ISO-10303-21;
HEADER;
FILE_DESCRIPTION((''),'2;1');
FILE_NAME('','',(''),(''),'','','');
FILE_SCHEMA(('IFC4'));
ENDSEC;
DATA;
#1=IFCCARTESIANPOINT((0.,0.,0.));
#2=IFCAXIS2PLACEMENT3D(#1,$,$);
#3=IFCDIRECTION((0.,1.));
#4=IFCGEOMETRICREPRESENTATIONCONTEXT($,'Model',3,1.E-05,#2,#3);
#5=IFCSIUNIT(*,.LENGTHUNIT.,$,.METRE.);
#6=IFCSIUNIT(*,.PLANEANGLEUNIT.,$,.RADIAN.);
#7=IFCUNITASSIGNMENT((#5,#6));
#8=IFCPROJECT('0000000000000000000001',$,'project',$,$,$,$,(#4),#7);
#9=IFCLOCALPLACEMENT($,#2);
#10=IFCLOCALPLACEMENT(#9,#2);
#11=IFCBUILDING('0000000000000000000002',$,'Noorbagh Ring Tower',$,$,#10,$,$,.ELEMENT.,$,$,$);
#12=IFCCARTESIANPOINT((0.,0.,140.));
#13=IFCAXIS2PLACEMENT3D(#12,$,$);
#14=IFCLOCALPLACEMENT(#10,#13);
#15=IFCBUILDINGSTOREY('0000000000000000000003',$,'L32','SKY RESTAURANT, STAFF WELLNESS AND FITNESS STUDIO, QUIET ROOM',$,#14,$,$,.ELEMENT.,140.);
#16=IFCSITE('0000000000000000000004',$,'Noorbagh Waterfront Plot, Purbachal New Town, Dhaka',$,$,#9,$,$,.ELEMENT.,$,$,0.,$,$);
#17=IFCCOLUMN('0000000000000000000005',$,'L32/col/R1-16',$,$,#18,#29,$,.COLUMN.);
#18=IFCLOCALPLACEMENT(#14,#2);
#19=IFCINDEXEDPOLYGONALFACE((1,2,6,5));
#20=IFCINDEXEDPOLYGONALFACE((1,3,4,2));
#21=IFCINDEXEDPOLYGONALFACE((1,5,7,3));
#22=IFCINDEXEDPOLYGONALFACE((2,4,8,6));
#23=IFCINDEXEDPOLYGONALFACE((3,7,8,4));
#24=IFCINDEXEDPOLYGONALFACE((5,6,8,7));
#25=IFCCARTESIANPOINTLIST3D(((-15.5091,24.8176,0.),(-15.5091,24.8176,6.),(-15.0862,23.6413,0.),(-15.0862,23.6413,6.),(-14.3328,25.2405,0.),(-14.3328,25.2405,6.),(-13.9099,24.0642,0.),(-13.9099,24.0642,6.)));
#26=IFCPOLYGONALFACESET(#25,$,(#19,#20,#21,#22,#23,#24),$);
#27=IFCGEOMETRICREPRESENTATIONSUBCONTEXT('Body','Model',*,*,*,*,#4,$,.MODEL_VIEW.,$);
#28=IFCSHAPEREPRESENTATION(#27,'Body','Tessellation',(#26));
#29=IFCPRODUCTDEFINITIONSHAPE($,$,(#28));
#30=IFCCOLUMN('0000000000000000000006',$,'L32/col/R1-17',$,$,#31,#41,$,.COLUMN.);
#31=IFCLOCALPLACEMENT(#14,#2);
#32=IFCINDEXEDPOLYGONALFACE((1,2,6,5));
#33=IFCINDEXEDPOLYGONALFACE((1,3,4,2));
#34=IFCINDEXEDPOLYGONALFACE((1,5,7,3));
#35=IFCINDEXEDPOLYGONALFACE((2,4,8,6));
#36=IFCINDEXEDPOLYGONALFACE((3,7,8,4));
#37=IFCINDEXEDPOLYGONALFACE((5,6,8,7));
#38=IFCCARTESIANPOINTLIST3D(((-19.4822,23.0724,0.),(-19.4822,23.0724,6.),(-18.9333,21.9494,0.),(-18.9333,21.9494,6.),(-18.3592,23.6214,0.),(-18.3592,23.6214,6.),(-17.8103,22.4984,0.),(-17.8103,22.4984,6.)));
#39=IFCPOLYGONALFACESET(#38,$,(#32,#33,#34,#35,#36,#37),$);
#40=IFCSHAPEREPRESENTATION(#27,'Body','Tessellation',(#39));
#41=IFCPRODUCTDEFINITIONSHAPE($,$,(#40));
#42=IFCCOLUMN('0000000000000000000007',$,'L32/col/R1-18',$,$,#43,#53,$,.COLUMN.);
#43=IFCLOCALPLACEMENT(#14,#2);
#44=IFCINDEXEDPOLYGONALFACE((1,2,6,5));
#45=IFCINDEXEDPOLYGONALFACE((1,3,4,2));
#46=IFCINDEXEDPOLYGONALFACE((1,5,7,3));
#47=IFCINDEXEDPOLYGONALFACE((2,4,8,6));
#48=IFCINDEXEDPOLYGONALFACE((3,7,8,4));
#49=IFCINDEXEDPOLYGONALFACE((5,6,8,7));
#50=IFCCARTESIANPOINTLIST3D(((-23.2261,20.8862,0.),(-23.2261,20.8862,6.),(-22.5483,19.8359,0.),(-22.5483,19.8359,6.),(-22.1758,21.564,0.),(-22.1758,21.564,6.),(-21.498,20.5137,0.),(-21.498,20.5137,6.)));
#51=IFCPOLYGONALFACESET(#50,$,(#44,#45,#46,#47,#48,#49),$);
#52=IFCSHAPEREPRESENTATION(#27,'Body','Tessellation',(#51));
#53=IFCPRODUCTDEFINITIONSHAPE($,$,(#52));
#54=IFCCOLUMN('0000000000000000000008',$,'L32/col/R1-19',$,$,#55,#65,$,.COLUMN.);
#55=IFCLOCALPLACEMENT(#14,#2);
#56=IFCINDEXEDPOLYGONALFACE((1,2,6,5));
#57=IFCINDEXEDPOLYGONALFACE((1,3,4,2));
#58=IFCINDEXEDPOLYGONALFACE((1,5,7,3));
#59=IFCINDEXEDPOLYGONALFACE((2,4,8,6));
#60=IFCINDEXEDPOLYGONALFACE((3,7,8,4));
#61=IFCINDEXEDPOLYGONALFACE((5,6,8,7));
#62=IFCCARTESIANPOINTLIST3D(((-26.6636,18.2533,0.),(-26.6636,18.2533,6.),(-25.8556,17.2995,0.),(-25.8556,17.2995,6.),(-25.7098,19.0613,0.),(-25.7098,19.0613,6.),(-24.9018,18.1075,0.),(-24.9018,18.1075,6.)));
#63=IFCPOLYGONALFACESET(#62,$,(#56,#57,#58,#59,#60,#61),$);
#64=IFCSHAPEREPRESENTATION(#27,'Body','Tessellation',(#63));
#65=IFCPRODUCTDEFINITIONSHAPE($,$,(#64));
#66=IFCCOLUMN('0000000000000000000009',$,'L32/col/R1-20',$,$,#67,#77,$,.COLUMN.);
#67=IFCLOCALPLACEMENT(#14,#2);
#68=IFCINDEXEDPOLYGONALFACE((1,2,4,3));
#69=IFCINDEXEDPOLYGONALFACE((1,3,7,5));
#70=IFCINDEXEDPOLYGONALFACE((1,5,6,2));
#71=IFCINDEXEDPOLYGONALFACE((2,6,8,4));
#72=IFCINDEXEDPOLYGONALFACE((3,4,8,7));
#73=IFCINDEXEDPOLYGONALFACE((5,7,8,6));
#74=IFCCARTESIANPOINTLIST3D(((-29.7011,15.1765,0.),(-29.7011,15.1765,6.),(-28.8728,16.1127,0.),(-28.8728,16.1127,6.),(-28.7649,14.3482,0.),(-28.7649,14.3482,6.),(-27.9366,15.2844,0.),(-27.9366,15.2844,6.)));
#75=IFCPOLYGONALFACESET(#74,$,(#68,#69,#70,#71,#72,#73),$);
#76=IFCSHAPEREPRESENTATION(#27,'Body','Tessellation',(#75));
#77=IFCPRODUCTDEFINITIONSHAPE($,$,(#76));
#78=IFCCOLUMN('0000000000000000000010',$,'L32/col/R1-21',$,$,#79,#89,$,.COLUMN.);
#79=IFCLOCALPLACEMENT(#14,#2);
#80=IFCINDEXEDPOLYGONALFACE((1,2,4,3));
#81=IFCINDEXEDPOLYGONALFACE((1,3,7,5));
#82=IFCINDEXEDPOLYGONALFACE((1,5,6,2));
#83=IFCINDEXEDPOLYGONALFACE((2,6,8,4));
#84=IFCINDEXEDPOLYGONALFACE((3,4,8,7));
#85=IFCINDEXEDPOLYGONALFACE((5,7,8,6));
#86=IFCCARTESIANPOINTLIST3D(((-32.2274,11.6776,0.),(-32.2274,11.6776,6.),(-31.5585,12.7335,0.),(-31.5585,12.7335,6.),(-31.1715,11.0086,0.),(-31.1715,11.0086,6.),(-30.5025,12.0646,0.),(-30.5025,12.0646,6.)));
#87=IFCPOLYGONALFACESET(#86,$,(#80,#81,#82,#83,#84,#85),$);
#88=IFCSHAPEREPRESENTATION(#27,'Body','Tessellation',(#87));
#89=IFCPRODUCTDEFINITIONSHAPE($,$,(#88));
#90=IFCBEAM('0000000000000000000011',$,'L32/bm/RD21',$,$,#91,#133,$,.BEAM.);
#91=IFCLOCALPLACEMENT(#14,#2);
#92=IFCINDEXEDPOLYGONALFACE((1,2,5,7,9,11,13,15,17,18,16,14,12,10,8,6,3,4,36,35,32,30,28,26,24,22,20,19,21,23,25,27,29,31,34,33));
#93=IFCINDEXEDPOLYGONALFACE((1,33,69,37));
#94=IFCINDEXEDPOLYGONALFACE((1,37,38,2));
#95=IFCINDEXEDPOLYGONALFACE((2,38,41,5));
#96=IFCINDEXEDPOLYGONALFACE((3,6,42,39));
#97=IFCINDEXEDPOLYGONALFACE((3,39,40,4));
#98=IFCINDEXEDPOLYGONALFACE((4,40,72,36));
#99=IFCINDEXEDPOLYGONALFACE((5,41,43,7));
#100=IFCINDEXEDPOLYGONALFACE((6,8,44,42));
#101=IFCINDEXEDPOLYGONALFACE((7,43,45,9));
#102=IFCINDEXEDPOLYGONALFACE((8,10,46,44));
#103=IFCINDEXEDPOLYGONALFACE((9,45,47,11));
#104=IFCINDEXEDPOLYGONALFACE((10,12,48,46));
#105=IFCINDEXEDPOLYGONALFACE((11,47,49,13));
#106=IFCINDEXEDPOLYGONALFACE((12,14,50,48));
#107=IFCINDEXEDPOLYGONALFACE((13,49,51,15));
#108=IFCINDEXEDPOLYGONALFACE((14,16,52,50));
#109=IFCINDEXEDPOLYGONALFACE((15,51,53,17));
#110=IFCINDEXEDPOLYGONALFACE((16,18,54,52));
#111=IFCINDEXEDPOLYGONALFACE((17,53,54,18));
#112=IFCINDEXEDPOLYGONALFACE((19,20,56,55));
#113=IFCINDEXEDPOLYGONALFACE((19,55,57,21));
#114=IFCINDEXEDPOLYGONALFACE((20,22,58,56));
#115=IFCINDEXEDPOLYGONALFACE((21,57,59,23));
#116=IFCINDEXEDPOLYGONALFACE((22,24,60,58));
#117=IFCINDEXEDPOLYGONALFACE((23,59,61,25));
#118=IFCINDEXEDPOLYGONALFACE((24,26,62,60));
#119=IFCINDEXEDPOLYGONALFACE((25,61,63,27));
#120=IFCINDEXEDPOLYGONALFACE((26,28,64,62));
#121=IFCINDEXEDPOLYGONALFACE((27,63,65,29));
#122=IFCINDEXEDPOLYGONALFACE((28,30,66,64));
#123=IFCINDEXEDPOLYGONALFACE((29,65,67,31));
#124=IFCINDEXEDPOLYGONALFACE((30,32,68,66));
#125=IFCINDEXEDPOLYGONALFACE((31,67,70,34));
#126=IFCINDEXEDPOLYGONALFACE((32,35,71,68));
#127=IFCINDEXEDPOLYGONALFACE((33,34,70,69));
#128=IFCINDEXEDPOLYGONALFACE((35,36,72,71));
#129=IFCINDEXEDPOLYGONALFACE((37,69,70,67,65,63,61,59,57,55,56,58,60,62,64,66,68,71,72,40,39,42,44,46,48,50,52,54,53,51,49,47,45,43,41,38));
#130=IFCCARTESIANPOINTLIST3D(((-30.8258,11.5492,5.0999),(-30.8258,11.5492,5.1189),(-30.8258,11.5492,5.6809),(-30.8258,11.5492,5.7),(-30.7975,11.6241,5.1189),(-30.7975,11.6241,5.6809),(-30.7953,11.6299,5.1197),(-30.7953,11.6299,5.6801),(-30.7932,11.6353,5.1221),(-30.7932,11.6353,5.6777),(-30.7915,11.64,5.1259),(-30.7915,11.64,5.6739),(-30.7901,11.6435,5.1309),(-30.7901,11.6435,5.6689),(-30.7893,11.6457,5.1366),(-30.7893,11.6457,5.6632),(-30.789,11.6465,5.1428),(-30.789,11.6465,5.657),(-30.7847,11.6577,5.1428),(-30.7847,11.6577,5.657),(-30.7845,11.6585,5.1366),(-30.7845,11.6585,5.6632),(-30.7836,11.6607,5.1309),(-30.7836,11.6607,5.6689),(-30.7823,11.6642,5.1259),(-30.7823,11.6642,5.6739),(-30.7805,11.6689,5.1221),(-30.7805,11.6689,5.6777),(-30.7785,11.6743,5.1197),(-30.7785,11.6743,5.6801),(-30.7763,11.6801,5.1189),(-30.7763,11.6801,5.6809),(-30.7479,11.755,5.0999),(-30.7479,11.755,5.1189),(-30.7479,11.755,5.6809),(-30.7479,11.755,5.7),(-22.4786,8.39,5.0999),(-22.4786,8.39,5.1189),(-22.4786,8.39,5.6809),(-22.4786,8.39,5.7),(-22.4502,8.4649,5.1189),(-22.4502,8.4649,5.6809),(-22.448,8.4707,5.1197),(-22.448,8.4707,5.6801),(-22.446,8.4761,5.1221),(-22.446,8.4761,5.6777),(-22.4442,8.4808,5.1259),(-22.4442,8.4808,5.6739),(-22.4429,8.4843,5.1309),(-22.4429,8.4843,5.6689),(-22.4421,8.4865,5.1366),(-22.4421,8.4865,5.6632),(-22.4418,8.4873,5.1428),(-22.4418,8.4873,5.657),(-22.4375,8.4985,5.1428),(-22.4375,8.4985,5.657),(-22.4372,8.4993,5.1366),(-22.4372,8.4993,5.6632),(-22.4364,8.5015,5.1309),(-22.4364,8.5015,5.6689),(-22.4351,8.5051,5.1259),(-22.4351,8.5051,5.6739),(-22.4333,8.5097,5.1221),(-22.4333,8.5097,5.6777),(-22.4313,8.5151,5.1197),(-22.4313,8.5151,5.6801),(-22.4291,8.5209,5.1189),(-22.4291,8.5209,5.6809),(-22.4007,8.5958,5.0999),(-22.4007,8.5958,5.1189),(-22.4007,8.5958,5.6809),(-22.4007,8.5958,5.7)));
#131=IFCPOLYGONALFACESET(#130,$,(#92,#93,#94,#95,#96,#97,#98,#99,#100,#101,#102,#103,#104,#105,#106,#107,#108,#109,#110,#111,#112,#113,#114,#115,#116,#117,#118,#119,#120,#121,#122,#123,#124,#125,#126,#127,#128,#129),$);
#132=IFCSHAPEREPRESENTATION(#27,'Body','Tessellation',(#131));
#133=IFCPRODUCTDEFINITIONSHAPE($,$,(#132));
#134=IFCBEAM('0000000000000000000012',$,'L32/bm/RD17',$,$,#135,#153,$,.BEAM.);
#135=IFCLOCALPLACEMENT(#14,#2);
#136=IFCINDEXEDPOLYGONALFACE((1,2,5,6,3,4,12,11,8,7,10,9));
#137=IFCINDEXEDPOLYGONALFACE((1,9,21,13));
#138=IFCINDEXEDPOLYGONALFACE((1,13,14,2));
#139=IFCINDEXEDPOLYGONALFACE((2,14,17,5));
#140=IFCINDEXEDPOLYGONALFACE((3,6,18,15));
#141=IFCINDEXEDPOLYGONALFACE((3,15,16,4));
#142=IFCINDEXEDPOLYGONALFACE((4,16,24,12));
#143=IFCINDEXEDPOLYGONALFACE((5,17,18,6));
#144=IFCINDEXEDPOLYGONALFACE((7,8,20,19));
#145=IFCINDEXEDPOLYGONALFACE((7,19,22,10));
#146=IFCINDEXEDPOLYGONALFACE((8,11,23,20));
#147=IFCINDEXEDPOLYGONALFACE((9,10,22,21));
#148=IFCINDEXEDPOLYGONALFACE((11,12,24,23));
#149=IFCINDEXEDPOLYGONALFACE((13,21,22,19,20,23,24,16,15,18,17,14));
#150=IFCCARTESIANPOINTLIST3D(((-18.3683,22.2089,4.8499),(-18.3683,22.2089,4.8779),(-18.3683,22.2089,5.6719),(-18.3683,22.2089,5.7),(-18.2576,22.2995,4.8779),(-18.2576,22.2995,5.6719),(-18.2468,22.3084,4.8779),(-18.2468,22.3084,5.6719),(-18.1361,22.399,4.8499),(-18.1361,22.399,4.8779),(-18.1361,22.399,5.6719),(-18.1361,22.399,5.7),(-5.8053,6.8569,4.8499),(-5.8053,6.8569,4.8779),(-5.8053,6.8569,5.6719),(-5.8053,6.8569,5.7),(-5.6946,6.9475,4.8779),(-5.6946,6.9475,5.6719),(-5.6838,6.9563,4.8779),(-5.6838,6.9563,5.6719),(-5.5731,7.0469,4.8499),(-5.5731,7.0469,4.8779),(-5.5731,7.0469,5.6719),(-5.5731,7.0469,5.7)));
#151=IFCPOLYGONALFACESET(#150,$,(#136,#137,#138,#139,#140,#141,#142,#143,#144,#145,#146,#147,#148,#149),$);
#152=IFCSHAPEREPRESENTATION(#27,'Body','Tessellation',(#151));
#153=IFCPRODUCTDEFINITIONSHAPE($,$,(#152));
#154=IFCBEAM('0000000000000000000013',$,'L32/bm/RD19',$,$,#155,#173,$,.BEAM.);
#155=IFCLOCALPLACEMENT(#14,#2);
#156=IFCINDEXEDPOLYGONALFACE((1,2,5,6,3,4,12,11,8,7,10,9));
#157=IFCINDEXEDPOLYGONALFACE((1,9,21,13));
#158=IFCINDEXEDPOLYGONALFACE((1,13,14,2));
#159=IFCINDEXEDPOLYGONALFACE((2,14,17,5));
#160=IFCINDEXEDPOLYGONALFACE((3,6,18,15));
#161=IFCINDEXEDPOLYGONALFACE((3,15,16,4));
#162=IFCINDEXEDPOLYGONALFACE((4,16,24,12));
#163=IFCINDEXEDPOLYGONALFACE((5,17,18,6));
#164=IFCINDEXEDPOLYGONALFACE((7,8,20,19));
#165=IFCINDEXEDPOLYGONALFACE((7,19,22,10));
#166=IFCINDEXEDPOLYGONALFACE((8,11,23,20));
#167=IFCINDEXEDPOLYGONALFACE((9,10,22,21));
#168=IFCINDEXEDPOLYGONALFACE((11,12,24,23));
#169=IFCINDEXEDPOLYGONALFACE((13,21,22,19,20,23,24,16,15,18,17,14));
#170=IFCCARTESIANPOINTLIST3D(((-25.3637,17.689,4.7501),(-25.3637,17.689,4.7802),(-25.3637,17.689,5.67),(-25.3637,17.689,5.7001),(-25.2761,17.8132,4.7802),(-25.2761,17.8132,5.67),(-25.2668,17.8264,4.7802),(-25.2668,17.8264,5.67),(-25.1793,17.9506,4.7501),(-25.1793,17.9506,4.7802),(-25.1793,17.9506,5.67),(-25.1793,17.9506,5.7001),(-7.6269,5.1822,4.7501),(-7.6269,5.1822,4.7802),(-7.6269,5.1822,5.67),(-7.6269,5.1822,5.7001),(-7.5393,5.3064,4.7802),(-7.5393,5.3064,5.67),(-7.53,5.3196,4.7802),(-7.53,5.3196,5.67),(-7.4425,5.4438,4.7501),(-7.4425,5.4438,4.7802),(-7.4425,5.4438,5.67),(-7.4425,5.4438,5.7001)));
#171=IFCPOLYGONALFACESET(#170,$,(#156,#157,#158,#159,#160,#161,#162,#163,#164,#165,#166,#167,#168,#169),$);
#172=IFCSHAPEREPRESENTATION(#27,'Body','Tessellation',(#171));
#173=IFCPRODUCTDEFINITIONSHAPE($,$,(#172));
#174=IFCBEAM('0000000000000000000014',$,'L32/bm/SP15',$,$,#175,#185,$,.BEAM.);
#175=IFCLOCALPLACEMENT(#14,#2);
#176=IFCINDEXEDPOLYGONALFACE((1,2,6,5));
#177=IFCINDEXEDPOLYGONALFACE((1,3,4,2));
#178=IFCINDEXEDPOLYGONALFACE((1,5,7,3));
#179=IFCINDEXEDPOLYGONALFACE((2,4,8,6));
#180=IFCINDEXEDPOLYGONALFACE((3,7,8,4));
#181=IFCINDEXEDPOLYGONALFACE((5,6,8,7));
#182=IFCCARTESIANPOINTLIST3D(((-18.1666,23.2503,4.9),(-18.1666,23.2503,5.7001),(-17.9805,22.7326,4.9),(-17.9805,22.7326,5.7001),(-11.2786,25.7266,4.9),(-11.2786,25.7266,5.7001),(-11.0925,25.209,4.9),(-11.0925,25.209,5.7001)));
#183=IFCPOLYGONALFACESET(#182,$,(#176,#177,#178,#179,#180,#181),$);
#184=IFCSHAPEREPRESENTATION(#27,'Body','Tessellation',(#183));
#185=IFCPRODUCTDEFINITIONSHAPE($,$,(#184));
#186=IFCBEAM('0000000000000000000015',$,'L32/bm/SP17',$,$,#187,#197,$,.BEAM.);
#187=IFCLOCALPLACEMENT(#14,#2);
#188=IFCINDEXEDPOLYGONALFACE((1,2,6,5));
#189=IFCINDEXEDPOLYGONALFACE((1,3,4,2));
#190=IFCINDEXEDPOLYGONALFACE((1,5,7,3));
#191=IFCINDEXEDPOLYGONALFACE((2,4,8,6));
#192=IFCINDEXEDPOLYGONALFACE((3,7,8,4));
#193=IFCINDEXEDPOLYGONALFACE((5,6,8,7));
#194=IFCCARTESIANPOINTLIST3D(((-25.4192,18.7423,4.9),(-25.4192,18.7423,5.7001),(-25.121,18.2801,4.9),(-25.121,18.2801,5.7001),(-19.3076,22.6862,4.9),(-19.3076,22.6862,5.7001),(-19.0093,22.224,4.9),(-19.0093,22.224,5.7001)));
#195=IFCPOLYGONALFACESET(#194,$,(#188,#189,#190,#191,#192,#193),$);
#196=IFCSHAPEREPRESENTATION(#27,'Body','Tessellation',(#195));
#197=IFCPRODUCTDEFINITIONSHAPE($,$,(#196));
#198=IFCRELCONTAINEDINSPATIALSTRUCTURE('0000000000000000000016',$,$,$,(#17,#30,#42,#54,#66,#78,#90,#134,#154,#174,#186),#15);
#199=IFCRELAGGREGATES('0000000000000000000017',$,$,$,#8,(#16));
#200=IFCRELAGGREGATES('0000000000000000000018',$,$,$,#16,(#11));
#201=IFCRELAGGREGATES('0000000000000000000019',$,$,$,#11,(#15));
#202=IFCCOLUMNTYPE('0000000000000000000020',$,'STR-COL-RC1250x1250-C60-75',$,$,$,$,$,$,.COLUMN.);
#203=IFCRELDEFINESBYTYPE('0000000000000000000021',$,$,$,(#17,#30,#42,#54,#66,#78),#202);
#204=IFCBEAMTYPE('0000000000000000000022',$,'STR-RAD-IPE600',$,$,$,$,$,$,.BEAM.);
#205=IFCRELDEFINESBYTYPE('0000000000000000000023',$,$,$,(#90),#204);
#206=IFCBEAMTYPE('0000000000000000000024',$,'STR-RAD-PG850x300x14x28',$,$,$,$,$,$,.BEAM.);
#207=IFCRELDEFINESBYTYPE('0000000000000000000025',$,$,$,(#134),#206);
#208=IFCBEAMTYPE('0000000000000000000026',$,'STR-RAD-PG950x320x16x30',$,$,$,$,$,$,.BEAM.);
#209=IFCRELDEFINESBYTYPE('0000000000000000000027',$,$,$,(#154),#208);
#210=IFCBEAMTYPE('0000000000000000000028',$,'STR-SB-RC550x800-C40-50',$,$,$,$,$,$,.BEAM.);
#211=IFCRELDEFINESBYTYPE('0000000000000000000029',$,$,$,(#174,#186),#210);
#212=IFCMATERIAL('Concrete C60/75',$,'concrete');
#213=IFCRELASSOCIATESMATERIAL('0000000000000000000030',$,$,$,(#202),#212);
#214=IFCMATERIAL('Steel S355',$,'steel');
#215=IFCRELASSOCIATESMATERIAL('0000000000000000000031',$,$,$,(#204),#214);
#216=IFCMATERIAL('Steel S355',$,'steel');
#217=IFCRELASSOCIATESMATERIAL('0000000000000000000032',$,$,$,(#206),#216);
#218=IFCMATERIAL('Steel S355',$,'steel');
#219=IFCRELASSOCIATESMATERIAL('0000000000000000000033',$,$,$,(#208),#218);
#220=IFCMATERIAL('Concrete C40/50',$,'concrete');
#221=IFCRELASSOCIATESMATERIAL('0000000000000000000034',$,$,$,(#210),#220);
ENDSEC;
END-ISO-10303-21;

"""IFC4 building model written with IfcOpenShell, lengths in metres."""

from ifc_helpers import new_model, si_unit, direction, frame, origin, origin_2d, place, context, subcontext, project, spatial, rectangle, i_section, extrude, material, material_profile, profile_set, type_object, element, save


model = new_model("IFC4")

# Units and contexts
model_context = context("Model", 3, precision=1e-05, world=origin(), true_north=direction((0.0, 1.0)))
body_context = subcontext(model_context, "Body", "Model", "MODEL_VIEW")
ifc_project = project(units=[si_unit("LENGTHUNIT", "METRE"), si_unit("PLANEANGLEUNIT", "RADIAN")], contexts=[model_context])

# Site, building, storey
site_placement = place(None, origin())
site = spatial("IfcSite", under=ifc_project, at=site_placement, Name="Noorbagh Waterfront Plot, Purbachal New Town, Dhaka", CompositionType="ELEMENT", RefElevation=0.0)
building_placement = place(site_placement, origin())
building = spatial("IfcBuilding", under=site, at=building_placement, Name="Noorbagh Ring Tower", CompositionType="ELEMENT")
storey_placement = place(building_placement, frame((0.0, 0.0, 140.0)))
storey = spatial("IfcBuildingStorey", under=building, at=storey_placement, Name="L32", Description="SKY RESTAURANT, STAFF WELLNESS AND FITNESS STUDIO, QUIET ROOM", CompositionType="ELEMENT", Elevation=140.0)

# Columns
ifc_material_1 = material(Name="Concrete C60/75", Category="concrete")
ifc_material_profile_1 = material_profile(ifc_material_1, rectangle(XDim=1.25, YDim=1.25, at=origin_2d()), Name="RC1250x1250")
ifc_profile_set_1 = profile_set([ifc_material_profile_1], Name="Concrete C60/75")
column_type = type_object("IfcColumnType", Name="STR-COL-RC1250x1250-C60-75", PredefinedType="COLUMN", material=ifc_profile_set_1)
for number, where, z_axis, x_axis, name in (
    (1, (-14.7095, 24.4409, 0.0), (0.0, 0.0, 1.0), (-0.941025, -0.338338, 0.0), "L32/col/R1-16"),
    (2, (-18.6462, 22.7854, 0.0), (0.0, 0.0, 1.0), (-0.898399, -0.43918, 0.0), "L32/col/R1-17"),
    (3, (-22.3621, 20.7, 0.0), (0.0, 0.0, 1.0), (-0.840248, -0.542203, 0.0), "L32/col/R1-18"),
    (4, (-25.7827, 18.1804, 0.0), (0.0, 0.0, 1.0), (-0.763035, -0.646357, 0.0), "L32/col/R1-19"),
    (5, (-28.8188, 15.2305, 0.0), (0.0, 0.0, 1.0), (-0.662636, -0.748942, 0.0), "L32/col/R1-20"),
    (6, (-31.365, 11.8711, 0.0), (0.0, 0.0, 1.0), (-0.53519, -0.844731, 0.0), "L32/col/R1-21"),
):
    element("IfcColumn", number, at=place(storey_placement, frame(where, z_axis=z_axis, x_axis=x_axis)), inside=storey, type_object=column_type, Name=name, PredefinedType="COLUMN", context=body_context, shape_type="SweptSolid", body=[
        extrude(rectangle(XDim=1.25, YDim=1.25, at=origin_2d()), origin(), (0.0, 0.0, 1.0), 6.0),
    ])

# Beams
ifc_material_2 = material(Name="Steel S355", Category="steel")
ifc_material_profile_2 = material_profile(ifc_material_2, i_section(OverallWidth=0.22, OverallDepth=0.6001, WebThickness=0.012, FlangeThickness=0.019, FilletRadius=0.0239, at=origin_2d()), Name="IPE600")
ifc_profile_set_2 = profile_set([ifc_material_profile_2], Name="Steel S355")
beam_type_1 = type_object("IfcBeamType", Name="STR-RAD-IPE600", PredefinedType="BEAM", material=ifc_profile_set_2)
beam_1_placement = place(storey_placement, frame((-30.7869, 11.6521, 5.3999), z_axis=(0.935257, -0.35397, 0.0), x_axis=(0.35397, 0.935257, 0.0)))
element("IfcBeam", 7, at=beam_1_placement, inside=storey, type_object=beam_type_1, Name="L32/bm/RD21", PredefinedType="BEAM", context=body_context, shape_type="SweptSolid", body=[
    extrude(i_section(OverallWidth=0.22, OverallDepth=0.6001, WebThickness=0.012, FlangeThickness=0.019, FilletRadius=0.0239, at=origin_2d()), origin(), (0.0, 0.0, 1.0), 8.925),
])
ifc_material_3 = material(Name="Steel S355", Category="steel")
ifc_material_profile_3 = material_profile(ifc_material_3, i_section(OverallWidth=0.3, OverallDepth=0.8501, WebThickness=0.0139, FlangeThickness=0.0281, at=origin_2d()), Name="PG850x300x14x28")
ifc_profile_set_3 = profile_set([ifc_material_profile_3], Name="Steel S355")
beam_type_2 = type_object("IfcBeamType", Name="STR-RAD-PG850x300x14x28", PredefinedType="BEAM", material=ifc_profile_set_3)
beam_2_placement = place(storey_placement, frame((-18.2522, 22.304, 5.2749), z_axis=(0.633305, -0.773902, 0.0), x_axis=(0.773902, 0.633305, 0.0)))
element("IfcBeam", 8, at=beam_2_placement, inside=storey, type_object=beam_type_2, Name="L32/bm/RD17", PredefinedType="BEAM", context=body_context, shape_type="SweptSolid", body=[
    extrude(i_section(OverallWidth=0.3, OverallDepth=0.8501, WebThickness=0.0139, FlangeThickness=0.0281, at=origin_2d()), origin(), (0.0, 0.0, 1.0), 19.8372),
])
ifc_material_4 = material(Name="Steel S355", Category="steel")
ifc_material_profile_4 = material_profile(ifc_material_4, i_section(OverallWidth=0.3201, OverallDepth=0.95, WebThickness=0.0161, FlangeThickness=0.03, at=origin_2d()), Name="PG950x320x16x30")
ifc_profile_set_4 = profile_set([ifc_material_profile_4], Name="Steel S355")
beam_type_3 = type_object("IfcBeamType", Name="STR-RAD-PG950x320x16x30", PredefinedType="BEAM", material=ifc_profile_set_4)
beam_3_placement = place(storey_placement, frame((-25.2715, 17.8198, 5.2251), z_axis=(0.817256, -0.576275, 0.0), x_axis=(0.576275, 0.817256, 0.0)))
element("IfcBeam", 9, at=beam_3_placement, inside=storey, type_object=beam_type_3, Name="L32/bm/RD19", PredefinedType="BEAM", context=body_context, shape_type="SweptSolid", body=[
    extrude(i_section(OverallWidth=0.3201, OverallDepth=0.95, WebThickness=0.0161, FlangeThickness=0.03, at=origin_2d()), origin(), (0.0, 0.0, 1.0), 21.7029),
])
ifc_material_5 = material(Name="Concrete C40/50", Category="concrete")
ifc_material_profile_5 = material_profile(ifc_material_5, rectangle(XDim=0.55, YDim=0.8, at=origin_2d()), Name="RC550x800")
ifc_profile_set_5 = profile_set([ifc_material_profile_5], Name="Concrete C40/50")
beam_type_4 = type_object("IfcBeamType", Name="STR-SB-RC550x800-C40-50", PredefinedType="BEAM", material=ifc_profile_set_5)
beam_4_placement = place(storey_placement, frame((-11.1855, 25.4678, 5.3), z_axis=(-0.941033, -0.338315, 0.0), x_axis=(0.338315, -0.941033, 0.0)))
element("IfcBeam", 10, at=beam_4_placement, inside=storey, type_object=beam_type_4, Name="L32/bm/SP15", PredefinedType="BEAM", context=body_context, shape_type="SweptSolid", body=[
    extrude(rectangle(XDim=0.55, YDim=0.8, at=origin_2d()), origin(), (0.0, 0.0, 1.0), 7.3196),
])
beam_5_placement = place(storey_placement, frame((-19.1584, 22.4551, 5.3), z_axis=(-0.84024, -0.542214, 0.0), x_axis=(0.542214, -0.84024, 0.0)))
element("IfcBeam", 11, at=beam_5_placement, inside=storey, type_object=beam_type_4, Name="L32/bm/SP17", PredefinedType="BEAM", context=body_context, shape_type="SweptSolid", body=[
    extrude(rectangle(XDim=0.55, YDim=0.8, at=origin_2d()), origin(), (0.0, 0.0, 1.0), 7.2737),
])

save(model, "model.ifc")
